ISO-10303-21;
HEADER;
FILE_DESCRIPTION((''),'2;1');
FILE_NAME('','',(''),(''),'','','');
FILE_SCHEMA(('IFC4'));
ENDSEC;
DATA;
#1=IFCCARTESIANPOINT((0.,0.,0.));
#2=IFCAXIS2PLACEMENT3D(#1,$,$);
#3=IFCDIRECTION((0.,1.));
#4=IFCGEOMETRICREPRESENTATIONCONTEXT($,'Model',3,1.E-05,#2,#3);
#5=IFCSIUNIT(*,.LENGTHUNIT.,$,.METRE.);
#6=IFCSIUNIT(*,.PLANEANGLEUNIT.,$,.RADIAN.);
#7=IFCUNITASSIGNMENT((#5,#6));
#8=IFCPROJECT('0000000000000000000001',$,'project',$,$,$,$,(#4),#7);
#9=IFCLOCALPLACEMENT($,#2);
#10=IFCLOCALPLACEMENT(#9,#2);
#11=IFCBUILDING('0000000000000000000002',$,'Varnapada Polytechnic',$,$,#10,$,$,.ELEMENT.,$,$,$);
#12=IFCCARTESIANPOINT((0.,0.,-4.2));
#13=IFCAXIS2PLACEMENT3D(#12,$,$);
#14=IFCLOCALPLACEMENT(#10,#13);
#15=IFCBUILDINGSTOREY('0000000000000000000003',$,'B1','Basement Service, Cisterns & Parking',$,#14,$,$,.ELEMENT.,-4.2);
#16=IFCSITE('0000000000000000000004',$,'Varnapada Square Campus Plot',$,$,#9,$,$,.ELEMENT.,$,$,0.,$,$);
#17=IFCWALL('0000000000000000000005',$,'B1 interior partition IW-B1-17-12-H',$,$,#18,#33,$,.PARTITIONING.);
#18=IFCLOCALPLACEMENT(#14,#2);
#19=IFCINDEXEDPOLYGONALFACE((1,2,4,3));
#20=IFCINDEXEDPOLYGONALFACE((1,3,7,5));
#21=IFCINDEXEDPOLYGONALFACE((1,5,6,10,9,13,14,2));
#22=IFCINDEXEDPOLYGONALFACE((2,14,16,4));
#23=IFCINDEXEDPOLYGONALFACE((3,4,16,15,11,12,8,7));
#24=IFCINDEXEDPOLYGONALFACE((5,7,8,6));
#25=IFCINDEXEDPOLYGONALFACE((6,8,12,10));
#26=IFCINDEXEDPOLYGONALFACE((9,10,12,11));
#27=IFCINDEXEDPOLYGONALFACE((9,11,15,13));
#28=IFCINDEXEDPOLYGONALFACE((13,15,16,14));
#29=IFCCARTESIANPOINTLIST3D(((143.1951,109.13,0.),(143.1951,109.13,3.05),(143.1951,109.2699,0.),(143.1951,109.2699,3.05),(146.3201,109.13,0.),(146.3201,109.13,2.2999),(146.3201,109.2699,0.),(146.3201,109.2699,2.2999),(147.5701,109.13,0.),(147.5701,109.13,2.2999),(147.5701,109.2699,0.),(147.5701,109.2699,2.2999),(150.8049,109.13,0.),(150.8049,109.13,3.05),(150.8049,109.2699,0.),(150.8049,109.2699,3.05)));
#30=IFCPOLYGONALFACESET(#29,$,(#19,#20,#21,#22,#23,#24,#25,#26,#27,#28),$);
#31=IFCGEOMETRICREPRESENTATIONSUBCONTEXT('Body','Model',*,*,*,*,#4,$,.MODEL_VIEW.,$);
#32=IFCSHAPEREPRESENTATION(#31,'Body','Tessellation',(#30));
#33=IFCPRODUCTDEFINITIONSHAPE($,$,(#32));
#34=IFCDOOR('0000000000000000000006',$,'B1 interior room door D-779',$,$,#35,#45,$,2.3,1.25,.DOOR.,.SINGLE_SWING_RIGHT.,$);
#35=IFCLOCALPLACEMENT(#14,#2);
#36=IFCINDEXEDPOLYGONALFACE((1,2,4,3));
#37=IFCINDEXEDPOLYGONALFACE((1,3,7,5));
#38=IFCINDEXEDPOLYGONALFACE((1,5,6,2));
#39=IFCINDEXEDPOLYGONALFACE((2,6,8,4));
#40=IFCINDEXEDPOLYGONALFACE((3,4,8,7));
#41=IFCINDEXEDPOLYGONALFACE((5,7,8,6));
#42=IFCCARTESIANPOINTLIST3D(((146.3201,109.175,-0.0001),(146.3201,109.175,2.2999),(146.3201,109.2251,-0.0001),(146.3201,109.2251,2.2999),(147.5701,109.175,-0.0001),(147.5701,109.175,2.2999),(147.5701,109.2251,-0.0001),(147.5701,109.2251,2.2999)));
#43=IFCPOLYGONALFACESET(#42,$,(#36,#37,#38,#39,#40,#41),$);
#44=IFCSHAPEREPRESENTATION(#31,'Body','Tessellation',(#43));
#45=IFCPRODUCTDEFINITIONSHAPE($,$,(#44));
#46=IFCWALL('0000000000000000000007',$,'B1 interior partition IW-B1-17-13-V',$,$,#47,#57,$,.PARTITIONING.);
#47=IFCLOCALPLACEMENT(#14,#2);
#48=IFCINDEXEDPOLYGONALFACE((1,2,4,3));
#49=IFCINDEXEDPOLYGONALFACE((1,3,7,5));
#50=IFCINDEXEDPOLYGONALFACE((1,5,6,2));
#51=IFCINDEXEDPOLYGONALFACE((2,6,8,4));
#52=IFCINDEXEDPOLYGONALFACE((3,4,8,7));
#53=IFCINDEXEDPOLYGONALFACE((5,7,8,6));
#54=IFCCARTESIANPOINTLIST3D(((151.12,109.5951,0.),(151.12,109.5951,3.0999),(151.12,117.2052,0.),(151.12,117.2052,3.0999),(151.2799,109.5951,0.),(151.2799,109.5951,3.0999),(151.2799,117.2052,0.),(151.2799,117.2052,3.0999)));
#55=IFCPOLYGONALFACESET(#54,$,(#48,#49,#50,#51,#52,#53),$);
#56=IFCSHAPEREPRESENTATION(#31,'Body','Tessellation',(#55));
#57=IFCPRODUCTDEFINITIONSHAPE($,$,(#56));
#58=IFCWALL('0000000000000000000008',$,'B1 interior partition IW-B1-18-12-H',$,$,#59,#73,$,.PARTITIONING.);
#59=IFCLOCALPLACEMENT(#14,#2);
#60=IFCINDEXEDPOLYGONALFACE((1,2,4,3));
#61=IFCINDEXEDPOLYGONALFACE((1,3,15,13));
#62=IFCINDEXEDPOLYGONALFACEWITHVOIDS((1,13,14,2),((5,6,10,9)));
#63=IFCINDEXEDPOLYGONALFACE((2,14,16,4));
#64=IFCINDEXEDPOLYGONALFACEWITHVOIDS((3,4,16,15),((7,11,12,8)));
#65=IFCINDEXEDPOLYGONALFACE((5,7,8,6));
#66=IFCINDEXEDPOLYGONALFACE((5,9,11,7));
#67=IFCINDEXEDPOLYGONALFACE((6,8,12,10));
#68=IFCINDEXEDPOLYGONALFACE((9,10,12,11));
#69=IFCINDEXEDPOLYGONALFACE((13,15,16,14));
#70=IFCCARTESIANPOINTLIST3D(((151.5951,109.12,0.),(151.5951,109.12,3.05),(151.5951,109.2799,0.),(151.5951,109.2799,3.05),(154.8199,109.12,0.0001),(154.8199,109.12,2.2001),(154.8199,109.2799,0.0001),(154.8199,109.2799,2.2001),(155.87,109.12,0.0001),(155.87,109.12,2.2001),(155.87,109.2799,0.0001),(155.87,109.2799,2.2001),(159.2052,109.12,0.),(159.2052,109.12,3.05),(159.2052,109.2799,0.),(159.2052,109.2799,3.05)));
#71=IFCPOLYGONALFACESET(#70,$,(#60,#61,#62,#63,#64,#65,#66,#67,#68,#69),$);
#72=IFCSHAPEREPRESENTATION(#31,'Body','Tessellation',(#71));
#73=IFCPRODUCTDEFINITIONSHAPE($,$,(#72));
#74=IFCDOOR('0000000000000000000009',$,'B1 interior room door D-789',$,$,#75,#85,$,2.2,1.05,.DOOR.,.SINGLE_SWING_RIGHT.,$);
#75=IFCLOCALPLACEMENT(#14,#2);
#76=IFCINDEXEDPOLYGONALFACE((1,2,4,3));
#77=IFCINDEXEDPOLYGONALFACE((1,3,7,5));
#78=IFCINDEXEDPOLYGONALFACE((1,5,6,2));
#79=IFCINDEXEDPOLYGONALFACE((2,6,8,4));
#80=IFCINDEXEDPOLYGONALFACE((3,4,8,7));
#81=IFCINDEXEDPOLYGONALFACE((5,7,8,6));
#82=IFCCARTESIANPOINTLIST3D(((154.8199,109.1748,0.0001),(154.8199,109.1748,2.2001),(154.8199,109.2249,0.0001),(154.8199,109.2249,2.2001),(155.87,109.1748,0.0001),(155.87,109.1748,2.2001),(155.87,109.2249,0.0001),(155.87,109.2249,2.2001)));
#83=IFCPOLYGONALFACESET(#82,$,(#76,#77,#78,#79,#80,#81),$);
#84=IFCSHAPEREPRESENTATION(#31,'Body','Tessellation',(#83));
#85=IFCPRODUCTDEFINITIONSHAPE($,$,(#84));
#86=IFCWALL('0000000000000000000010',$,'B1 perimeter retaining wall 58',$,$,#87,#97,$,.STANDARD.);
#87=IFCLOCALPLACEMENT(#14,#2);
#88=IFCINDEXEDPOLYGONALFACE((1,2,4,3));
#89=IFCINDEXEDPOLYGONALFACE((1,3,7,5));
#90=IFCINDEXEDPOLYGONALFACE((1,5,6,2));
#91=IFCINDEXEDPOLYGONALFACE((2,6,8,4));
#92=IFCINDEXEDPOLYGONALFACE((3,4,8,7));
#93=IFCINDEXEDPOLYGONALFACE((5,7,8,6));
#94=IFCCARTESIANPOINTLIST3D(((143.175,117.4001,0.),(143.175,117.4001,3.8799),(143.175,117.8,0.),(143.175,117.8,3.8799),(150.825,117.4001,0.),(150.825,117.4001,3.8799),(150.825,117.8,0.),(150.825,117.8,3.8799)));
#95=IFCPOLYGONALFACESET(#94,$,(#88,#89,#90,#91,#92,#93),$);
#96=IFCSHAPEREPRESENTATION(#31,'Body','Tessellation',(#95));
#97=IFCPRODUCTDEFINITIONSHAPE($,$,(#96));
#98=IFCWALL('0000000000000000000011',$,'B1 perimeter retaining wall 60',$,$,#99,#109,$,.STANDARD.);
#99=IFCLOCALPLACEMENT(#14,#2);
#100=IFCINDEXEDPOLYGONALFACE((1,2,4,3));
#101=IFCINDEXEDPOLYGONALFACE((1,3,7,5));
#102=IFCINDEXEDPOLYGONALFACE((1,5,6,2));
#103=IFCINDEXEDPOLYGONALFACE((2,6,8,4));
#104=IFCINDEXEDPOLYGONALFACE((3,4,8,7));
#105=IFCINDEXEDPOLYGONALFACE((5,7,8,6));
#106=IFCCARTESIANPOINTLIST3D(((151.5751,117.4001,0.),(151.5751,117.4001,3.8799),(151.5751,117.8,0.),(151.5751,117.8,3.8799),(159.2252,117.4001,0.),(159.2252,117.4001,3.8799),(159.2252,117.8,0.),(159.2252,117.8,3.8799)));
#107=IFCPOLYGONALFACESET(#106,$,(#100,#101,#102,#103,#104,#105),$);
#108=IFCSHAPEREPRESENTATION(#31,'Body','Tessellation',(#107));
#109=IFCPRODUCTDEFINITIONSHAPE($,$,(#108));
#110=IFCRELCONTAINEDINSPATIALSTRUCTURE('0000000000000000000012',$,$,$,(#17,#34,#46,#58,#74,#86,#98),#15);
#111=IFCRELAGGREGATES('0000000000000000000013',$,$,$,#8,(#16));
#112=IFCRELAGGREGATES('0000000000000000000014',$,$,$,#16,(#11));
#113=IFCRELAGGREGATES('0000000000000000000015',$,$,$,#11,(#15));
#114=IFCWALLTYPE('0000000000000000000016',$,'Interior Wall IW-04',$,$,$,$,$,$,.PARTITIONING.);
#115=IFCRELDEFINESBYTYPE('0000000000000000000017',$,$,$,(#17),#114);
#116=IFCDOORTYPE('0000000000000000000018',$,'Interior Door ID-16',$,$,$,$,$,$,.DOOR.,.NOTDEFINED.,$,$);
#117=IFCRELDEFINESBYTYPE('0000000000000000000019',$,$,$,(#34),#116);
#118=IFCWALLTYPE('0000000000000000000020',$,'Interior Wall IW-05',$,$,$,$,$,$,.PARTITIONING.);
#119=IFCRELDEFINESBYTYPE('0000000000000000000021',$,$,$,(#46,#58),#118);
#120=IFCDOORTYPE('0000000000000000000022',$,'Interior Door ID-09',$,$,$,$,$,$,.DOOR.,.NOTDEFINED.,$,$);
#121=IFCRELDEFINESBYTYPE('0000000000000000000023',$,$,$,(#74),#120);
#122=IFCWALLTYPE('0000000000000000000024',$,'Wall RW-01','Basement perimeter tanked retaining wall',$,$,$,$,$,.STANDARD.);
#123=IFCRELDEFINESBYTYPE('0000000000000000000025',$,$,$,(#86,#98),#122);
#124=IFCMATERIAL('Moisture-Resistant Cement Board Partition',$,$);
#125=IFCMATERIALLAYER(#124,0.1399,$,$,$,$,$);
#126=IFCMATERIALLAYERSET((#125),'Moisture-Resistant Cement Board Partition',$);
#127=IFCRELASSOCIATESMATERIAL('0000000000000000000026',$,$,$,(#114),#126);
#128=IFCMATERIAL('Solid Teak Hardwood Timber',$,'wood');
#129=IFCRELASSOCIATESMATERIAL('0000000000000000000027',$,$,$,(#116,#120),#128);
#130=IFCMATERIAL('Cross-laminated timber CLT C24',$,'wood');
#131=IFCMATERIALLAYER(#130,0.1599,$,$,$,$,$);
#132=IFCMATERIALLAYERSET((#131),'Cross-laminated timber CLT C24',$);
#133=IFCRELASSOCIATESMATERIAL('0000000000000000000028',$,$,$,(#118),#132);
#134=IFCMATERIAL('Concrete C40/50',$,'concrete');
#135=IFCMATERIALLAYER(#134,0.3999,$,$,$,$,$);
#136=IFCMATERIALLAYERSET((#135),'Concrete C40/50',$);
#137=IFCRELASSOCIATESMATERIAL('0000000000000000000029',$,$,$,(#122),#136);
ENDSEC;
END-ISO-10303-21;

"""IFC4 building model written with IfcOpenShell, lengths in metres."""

from ifc_helpers import new_model, si_unit, direction, frame, frame_2d, origin, place, context, subcontext, project, spatial, rectangle, extrude, material, layer, layer_set, type_object, element, fill, save


model = new_model("IFC4")

# Units and contexts
model_context = context("Model", 3, precision=1e-05, world=origin(), true_north=direction((0.0, 1.0)))
body_context = subcontext(model_context, "Body", "Model", "MODEL_VIEW")
ifc_project = project(units=[si_unit("LENGTHUNIT", "METRE"), si_unit("PLANEANGLEUNIT", "RADIAN")], contexts=[model_context])

# Site, building, storey
site_placement = place(None, origin())
site = spatial("IfcSite", under=ifc_project, at=site_placement, Name="Varnapada Square Campus Plot", CompositionType="ELEMENT", RefElevation=0.0)
building_placement = place(site_placement, origin())
building = spatial("IfcBuilding", under=site, at=building_placement, Name="Varnapada Polytechnic", CompositionType="ELEMENT")
storey_placement = place(building_placement, frame((0.0, 0.0, -4.2)))
storey = spatial("IfcBuildingStorey", under=building, at=storey_placement, Name="B1", Description="Basement Service, Cisterns & Parking", CompositionType="ELEMENT", Elevation=-4.2)

# Shared definitions
ifc_material_1 = material(Name="Concrete C40/50", Category="concrete")

# Wall, opening, door
ifc_material_2 = material(Name="Moisture-Resistant Cement Board Partition")
ifc_layer_1 = layer(ifc_material_2, 0.1399)
ifc_layer_set_1 = layer_set([ifc_layer_1], Name="Moisture-Resistant Cement Board Partition")
wall_type_1 = type_object("IfcWallType", Name="Interior Wall IW-04", PredefinedType="PARTITIONING", material=ifc_layer_set_1)
wall_1_placement = place(storey_placement, frame((143.1951, 109.2, 0.0), z_axis=(0.0, 0.0, 1.0), x_axis=(1.0, 0.0, 0.0)))
wall_1 = element("IfcWall", 1, at=wall_1_placement, inside=storey, type_object=wall_type_1, Name="B1 interior partition IW-B1-17-12-H", PredefinedType="PARTITIONING", context=body_context, shape_type="SweptSolid", body=[
    extrude(rectangle(XDim=7.6099, YDim=0.1399, at=frame_2d((3.8049, 0.0))), origin(), (0.0, 0.0, 1.0), 3.05),
])
opening_1_placement = place(wall_1_placement, frame((3.125, 0.0, 0.0)))
opening_1 = element("IfcOpeningElement", 2, at=opening_1_placement, cuts=wall_1, PredefinedType="OPENING", context=body_context, shape_type="SweptSolid", body=[
    extrude(rectangle(XDim=1.25, YDim=2.3, at=frame_2d((0.625, 1.1499))), frame((0.0, 0.0798, 0.0), z_axis=(0.0, -1.0, 0.0), x_axis=(1.0, 0.0, 0.0)), (0.0, 0.0, 1.0), 0.1599),
])
ifc_material_3 = material(Name="Solid Teak Hardwood Timber", Category="wood")
door_type_1 = type_object("IfcDoorType", Name="Interior Door ID-16", OperationType="NOTDEFINED", PredefinedType="DOOR", material=ifc_material_3)
door_1_placement = place(opening_1_placement, frame((1.25, 0.0, 0.0), z_axis=(0.0, 0.0, 1.0), x_axis=(-1.0, 0.0, 0.0)))
door_1 = element("IfcDoor", 3, at=door_1_placement, inside=storey, type_object=door_type_1, Name="B1 interior room door D-779", OperationType="SINGLE_SWING_RIGHT", OverallHeight=2.3, OverallWidth=1.25, PredefinedType="DOOR", context=body_context, shape_type="SweptSolid", body=[
    extrude(rectangle(XDim=1.25, YDim=2.3, at=frame_2d((0.625, 1.1499))), frame((0.0, 0.0249, 0.0), z_axis=(0.0, -1.0, 0.0), x_axis=(1.0, 0.0, 0.0)), (0.0, 0.0, 1.0), 0.05),
])
fill(opening_1, door_1)

# Wall
ifc_material_4 = material(Name="Cross-laminated timber CLT C24", Category="wood")
ifc_layer_2 = layer(ifc_material_4, 0.1599)
ifc_layer_set_2 = layer_set([ifc_layer_2], Name="Cross-laminated timber CLT C24")
wall_type_2 = type_object("IfcWallType", Name="Interior Wall IW-05", PredefinedType="PARTITIONING", material=ifc_layer_set_2)
wall_2_placement = place(storey_placement, frame((151.2, 109.595, 0.0), z_axis=(0.0, 0.0, 1.0), x_axis=(0.0, 1.0, 0.0)))
element("IfcWall", 4, at=wall_2_placement, inside=storey, type_object=wall_type_2, Name="B1 interior partition IW-B1-17-13-V", PredefinedType="PARTITIONING", context=body_context, shape_type="SweptSolid", body=[
    extrude(rectangle(XDim=7.6101, YDim=0.1599, at=frame_2d((3.8052, 0.0))), origin(), (0.0, 0.0, 1.0), 3.0999),
])

# Wall, opening, door
wall_3_placement = place(storey_placement, frame((151.595, 109.2, 0.0), z_axis=(0.0, 0.0, 1.0), x_axis=(1.0, 0.0, 0.0)))
wall_3 = element("IfcWall", 5, at=wall_3_placement, inside=storey, type_object=wall_type_2, Name="B1 interior partition IW-B1-18-12-H", PredefinedType="PARTITIONING", context=body_context, shape_type="SweptSolid", body=[
    extrude(rectangle(XDim=7.6101, YDim=0.1599, at=frame_2d((3.8052, 0.0))), origin(), (0.0, 0.0, 1.0), 3.05),
])
opening_2_placement = place(wall_3_placement, frame((3.2251, 0.0, 0.0)))
opening_2 = element("IfcOpeningElement", 6, at=opening_2_placement, cuts=wall_3, PredefinedType="OPENING", context=body_context, shape_type="SweptSolid", body=[
    extrude(rectangle(XDim=1.05, YDim=2.2, at=frame_2d((0.5249, 1.1001))), frame((0.0, 0.0898, 0.0), z_axis=(0.0, -1.0, 0.0), x_axis=(1.0, 0.0, 0.0)), (0.0, 0.0, 1.0), 0.1799),
])
door_type_2 = type_object("IfcDoorType", Name="Interior Door ID-09", OperationType="NOTDEFINED", PredefinedType="DOOR", material=ifc_material_3)
door_2_placement = place(opening_2_placement, origin())
door_2 = element("IfcDoor", 7, at=door_2_placement, inside=storey, type_object=door_type_2, Name="B1 interior room door D-789", OperationType="SINGLE_SWING_RIGHT", OverallHeight=2.2, OverallWidth=1.05, PredefinedType="DOOR", context=body_context, shape_type="SweptSolid", body=[
    extrude(rectangle(XDim=1.05, YDim=2.2, at=frame_2d((0.5249, 1.1001))), frame((0.0, 0.0249, 0.0), z_axis=(0.0, -1.0, 0.0), x_axis=(1.0, 0.0, 0.0)), (0.0, 0.0, 1.0), 0.05),
])
fill(opening_2, door_2)

# Walls
ifc_layer_3 = layer(ifc_material_1, 0.3999)
ifc_layer_set_3 = layer_set([ifc_layer_3], Name="Concrete C40/50")
wall_type_3 = type_object("IfcWallType", Name="Wall RW-01", Description="Basement perimeter tanked retaining wall", PredefinedType="STANDARD", material=ifc_layer_set_3)
wall_4_placement = place(storey_placement, frame((143.175, 117.6001, 0.0), z_axis=(0.0, 0.0, 1.0), x_axis=(1.0, 0.0, 0.0)))
element("IfcWall", 8, at=wall_4_placement, inside=storey, type_object=wall_type_3, Name="B1 perimeter retaining wall 58", PredefinedType="STANDARD", context=body_context, shape_type="SweptSolid", body=[
    extrude(rectangle(XDim=7.6499, YDim=0.3999, at=frame_2d((3.825, 0.0))), origin(), (0.0, 0.0, 1.0), 3.8799),
])
wall_5_placement = place(storey_placement, frame((151.575, 117.6001, 0.0), z_axis=(0.0, 0.0, 1.0), x_axis=(1.0, 0.0, 0.0)))
element("IfcWall", 9, at=wall_5_placement, inside=storey, type_object=wall_type_3, Name="B1 perimeter retaining wall 60", PredefinedType="STANDARD", context=body_context, shape_type="SweptSolid", body=[
    extrude(rectangle(XDim=7.6501, YDim=0.3999, at=frame_2d((3.8252, 0.0))), origin(), (0.0, 0.0, 1.0), 3.8799),
])

save(model, "model.ifc")
